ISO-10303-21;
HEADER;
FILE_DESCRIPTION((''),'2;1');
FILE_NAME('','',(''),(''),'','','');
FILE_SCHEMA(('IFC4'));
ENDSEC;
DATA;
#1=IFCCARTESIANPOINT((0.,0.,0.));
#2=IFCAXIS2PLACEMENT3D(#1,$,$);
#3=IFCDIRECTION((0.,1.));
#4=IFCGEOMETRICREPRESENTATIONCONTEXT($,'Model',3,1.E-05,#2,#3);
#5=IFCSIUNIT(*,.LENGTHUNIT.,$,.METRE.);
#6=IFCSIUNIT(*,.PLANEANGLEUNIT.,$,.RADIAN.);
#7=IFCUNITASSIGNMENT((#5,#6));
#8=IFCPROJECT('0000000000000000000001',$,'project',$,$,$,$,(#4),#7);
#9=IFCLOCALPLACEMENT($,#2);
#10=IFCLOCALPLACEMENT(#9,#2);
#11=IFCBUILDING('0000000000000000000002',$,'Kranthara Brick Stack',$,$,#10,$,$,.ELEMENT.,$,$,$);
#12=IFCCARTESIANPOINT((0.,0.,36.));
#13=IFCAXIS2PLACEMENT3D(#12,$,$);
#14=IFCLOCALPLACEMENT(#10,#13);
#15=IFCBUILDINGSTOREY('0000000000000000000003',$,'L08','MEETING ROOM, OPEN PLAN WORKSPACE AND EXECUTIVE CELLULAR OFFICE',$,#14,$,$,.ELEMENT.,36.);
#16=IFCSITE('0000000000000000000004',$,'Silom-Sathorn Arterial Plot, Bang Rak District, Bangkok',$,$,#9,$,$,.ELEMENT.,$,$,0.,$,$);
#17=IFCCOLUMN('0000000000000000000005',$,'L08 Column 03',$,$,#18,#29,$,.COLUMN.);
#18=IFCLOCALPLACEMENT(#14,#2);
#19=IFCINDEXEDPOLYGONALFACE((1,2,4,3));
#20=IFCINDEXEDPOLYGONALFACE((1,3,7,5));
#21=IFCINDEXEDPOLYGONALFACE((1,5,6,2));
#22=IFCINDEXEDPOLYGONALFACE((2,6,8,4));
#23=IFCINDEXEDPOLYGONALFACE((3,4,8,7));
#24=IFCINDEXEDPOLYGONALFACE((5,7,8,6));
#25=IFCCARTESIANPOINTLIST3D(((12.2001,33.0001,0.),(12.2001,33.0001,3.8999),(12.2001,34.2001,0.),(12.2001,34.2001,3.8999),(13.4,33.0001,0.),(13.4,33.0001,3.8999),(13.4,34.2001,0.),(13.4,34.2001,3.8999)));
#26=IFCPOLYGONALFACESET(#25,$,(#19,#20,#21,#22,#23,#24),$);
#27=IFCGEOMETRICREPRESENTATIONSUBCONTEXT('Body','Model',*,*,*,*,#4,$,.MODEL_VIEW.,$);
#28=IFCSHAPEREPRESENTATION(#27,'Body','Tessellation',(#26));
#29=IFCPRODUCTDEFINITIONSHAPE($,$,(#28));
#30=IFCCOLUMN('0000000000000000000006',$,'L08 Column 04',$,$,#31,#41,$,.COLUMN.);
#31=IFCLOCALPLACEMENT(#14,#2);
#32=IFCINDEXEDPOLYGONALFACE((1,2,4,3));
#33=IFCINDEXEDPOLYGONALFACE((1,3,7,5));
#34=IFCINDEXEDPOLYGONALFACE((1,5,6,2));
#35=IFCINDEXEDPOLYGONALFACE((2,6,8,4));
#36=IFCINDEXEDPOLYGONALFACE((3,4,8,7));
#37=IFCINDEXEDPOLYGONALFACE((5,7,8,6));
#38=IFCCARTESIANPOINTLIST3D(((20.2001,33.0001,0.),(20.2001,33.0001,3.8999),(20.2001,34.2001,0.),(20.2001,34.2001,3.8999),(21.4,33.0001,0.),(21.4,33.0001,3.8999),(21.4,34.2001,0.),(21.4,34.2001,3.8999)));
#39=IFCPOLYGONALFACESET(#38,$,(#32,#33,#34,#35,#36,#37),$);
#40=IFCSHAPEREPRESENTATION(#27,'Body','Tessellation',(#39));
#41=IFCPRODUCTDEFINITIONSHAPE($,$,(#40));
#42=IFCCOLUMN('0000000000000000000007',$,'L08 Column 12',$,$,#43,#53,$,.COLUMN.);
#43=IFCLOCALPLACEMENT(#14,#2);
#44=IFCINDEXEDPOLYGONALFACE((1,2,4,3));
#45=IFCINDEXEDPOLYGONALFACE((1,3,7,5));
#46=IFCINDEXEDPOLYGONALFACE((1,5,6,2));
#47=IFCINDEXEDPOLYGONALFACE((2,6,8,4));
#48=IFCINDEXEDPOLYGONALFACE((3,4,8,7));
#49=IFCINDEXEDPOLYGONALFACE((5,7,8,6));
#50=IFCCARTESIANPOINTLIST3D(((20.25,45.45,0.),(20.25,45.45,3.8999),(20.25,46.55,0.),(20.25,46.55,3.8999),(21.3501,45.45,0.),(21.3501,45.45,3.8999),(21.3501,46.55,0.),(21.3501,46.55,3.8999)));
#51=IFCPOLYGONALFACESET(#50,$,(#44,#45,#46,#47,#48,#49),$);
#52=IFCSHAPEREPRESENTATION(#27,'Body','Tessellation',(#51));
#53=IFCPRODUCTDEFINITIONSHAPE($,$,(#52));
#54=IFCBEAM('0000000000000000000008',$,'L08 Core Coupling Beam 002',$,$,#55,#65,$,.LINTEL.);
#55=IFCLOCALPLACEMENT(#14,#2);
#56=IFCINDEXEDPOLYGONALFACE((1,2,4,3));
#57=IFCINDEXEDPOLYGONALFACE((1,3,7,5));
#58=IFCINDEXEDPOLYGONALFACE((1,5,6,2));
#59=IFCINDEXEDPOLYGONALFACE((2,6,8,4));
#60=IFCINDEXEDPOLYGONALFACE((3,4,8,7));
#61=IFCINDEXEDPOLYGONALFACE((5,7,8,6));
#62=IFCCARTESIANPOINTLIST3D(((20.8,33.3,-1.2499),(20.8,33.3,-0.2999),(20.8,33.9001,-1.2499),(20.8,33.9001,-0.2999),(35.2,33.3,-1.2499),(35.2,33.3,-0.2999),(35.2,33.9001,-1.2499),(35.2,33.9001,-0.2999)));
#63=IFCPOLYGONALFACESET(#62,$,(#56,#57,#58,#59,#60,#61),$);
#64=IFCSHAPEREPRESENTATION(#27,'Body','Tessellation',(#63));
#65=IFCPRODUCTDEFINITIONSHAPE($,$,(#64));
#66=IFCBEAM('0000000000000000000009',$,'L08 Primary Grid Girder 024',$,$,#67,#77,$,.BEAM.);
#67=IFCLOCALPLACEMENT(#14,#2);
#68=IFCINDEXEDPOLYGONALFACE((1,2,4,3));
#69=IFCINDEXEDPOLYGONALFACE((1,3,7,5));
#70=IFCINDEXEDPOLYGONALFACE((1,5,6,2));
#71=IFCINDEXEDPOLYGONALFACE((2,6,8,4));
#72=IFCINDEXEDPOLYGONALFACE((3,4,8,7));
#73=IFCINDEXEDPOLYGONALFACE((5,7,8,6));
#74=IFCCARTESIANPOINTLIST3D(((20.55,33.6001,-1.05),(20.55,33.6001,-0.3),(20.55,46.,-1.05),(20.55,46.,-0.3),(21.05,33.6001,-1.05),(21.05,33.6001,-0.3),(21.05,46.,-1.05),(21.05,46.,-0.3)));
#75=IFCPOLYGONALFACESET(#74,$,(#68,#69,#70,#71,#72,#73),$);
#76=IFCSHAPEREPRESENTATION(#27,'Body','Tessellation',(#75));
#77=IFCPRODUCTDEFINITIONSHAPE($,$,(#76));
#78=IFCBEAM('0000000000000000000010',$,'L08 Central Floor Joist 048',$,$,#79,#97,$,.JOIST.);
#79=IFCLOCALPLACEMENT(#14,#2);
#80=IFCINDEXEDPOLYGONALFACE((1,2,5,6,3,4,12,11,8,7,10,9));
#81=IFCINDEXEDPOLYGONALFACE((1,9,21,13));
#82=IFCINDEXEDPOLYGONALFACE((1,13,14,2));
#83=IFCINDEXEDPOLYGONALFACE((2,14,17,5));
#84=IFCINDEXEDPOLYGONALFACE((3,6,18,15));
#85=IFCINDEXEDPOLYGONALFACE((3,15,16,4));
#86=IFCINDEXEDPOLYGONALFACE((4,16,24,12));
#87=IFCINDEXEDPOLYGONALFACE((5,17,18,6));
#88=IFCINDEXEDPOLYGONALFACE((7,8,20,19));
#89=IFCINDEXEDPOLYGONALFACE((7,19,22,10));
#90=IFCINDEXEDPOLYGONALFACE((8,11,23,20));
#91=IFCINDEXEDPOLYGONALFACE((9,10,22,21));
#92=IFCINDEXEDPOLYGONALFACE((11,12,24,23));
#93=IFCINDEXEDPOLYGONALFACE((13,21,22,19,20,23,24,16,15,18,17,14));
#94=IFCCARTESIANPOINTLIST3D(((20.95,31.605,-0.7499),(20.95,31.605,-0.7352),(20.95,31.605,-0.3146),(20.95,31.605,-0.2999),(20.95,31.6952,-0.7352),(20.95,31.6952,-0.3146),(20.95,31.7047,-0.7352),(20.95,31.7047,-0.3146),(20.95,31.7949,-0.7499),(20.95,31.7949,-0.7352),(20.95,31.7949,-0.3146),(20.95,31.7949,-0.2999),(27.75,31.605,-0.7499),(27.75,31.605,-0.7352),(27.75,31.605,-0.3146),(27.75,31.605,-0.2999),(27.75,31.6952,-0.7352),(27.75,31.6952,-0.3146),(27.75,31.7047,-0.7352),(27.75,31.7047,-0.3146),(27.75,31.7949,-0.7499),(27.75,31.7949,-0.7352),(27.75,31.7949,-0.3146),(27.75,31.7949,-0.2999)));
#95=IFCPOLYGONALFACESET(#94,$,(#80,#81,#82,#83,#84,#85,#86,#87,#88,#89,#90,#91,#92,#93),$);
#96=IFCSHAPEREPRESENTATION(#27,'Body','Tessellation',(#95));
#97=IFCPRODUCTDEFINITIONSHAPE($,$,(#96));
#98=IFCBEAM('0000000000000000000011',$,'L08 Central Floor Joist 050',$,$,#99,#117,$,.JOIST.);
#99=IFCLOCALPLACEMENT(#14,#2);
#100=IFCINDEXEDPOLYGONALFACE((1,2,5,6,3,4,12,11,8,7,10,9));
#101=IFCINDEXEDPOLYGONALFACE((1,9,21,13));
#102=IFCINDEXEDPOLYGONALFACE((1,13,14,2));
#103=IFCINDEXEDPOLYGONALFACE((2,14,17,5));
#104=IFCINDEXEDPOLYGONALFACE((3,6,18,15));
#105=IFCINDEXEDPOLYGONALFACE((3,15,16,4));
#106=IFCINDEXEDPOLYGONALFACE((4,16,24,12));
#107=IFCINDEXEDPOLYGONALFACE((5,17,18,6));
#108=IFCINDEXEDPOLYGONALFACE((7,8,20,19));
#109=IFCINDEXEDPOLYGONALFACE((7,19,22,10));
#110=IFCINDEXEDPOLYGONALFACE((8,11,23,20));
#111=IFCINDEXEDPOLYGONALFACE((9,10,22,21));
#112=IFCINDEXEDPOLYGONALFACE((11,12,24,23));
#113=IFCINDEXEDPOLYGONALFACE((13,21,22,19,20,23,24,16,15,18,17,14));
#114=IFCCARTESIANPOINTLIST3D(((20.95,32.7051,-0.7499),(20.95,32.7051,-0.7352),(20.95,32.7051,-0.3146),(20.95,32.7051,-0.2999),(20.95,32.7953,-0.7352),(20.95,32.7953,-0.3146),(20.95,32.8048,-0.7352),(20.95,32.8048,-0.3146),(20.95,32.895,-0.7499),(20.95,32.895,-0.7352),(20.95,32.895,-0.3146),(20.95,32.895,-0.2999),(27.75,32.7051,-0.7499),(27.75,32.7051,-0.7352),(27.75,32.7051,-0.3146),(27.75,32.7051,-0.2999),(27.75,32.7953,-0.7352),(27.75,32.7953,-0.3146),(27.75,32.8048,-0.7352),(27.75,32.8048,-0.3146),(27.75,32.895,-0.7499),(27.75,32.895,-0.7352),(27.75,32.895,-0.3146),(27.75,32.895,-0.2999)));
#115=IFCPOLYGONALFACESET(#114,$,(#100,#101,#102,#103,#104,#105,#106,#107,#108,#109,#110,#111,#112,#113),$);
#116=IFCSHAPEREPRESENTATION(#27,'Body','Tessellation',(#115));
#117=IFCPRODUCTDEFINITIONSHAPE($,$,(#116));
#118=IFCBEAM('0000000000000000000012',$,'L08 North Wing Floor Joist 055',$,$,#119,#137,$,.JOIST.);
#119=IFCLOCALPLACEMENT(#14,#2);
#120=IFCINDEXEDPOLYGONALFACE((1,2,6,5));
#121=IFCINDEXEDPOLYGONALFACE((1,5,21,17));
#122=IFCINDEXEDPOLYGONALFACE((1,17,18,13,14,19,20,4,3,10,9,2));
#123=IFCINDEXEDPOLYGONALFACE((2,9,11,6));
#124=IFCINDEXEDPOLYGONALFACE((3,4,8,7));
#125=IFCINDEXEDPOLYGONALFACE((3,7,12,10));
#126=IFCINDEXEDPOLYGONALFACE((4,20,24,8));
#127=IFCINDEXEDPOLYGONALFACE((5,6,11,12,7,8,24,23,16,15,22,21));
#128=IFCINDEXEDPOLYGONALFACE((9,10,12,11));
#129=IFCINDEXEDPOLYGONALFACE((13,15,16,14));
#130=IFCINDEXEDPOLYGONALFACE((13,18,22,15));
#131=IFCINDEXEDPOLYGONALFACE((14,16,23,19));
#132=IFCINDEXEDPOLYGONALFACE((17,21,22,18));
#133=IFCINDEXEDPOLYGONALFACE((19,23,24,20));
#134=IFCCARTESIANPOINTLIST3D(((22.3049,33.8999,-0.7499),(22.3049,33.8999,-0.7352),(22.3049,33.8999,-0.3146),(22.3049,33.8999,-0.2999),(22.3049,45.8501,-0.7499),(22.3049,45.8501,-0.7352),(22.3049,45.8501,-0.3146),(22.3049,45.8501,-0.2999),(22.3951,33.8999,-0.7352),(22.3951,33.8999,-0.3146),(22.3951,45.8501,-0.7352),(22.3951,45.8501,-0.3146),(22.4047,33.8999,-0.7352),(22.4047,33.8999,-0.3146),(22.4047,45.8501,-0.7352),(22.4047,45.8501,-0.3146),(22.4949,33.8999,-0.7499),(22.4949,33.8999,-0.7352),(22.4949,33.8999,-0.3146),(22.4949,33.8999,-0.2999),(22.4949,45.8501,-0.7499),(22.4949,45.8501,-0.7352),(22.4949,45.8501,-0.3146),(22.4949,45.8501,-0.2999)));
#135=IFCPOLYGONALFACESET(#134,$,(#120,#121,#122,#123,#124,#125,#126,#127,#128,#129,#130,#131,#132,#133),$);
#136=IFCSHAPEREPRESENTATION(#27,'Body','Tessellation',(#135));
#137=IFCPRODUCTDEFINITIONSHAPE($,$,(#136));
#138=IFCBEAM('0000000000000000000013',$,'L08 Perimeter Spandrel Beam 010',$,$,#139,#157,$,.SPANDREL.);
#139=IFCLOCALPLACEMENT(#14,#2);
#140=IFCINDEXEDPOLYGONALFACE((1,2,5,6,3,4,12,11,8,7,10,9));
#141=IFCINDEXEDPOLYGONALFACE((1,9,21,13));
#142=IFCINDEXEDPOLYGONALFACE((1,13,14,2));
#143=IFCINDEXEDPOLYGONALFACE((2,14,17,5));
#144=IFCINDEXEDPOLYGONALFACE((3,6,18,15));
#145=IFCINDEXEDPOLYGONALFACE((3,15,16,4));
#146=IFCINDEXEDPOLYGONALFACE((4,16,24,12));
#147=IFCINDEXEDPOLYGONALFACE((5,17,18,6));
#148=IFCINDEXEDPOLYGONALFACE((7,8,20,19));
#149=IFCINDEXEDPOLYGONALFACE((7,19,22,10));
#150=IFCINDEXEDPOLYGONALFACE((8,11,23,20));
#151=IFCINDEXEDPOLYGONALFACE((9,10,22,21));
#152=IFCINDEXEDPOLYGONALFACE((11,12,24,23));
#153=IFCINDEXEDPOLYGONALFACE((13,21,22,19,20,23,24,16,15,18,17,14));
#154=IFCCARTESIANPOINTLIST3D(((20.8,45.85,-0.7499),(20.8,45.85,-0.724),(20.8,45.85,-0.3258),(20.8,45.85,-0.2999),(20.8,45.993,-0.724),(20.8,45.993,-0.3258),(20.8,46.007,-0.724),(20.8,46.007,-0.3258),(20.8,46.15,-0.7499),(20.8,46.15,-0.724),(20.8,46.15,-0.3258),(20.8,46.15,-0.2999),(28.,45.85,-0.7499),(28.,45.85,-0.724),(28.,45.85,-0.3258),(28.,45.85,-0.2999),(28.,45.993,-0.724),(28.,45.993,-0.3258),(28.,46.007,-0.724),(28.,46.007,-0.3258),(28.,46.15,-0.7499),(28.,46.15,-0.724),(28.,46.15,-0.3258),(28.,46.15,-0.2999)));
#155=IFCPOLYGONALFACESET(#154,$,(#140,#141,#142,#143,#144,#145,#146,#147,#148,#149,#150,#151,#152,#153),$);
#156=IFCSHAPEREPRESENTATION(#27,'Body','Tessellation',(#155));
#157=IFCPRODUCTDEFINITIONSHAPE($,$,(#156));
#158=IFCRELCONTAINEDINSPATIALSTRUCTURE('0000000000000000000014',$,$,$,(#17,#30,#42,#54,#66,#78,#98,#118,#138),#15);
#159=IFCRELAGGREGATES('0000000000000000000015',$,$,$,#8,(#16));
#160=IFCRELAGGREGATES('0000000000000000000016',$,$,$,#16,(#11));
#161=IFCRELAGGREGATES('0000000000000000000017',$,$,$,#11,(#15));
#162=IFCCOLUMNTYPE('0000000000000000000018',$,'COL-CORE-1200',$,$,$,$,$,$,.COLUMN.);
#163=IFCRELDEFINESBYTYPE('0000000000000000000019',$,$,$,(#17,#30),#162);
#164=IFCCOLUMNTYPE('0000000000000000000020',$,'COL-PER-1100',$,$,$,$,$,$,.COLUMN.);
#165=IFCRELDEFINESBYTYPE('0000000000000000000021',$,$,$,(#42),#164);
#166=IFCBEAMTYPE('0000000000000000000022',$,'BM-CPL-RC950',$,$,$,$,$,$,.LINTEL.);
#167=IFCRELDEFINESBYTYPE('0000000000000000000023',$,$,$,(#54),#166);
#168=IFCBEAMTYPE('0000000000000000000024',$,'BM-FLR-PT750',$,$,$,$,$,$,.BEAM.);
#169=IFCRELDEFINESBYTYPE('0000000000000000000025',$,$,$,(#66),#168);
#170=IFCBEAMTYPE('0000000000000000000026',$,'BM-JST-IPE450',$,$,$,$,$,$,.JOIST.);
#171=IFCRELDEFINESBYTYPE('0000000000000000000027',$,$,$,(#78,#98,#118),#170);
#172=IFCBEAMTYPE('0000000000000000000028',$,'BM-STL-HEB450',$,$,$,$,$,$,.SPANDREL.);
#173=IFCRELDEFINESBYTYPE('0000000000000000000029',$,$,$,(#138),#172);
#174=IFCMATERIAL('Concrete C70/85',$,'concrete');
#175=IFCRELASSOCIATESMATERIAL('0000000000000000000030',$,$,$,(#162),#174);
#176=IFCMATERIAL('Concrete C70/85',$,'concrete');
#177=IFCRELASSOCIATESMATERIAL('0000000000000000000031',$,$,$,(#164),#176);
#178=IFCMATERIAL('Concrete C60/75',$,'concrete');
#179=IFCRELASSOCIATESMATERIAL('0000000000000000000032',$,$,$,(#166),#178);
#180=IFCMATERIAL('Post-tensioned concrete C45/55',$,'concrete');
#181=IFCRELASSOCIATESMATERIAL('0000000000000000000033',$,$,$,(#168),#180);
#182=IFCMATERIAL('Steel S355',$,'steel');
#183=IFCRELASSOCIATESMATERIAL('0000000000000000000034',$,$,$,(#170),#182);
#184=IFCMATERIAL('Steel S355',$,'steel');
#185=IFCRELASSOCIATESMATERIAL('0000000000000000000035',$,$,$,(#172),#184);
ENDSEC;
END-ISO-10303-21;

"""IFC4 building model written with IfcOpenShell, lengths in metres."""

from ifc_helpers import new_model, si_unit, direction, frame, origin, origin_2d, place, context, subcontext, project, spatial, rectangle, i_section, extrude, material, material_profile, profile_set, type_object, element, save


model = new_model("IFC4")

# Units and contexts
model_context = context("Model", 3, precision=1e-05, world=origin(), true_north=direction((0.0, 1.0)))
body_context = subcontext(model_context, "Body", "Model", "MODEL_VIEW")
ifc_project = project(units=[si_unit("LENGTHUNIT", "METRE"), si_unit("PLANEANGLEUNIT", "RADIAN")], contexts=[model_context])

# Site, building, storey
site_placement = place(None, origin())
site = spatial("IfcSite", under=ifc_project, at=site_placement, Name="Silom-Sathorn Arterial Plot, Bang Rak District, Bangkok", CompositionType="ELEMENT", RefElevation=0.0)
building_placement = place(site_placement, origin())
building = spatial("IfcBuilding", under=site, at=building_placement, Name="Kranthara Brick Stack", CompositionType="ELEMENT")
storey_placement = place(building_placement, frame((0.0, 0.0, 36.0)))
storey = spatial("IfcBuildingStorey", under=building, at=storey_placement, Name="L08", Description="MEETING ROOM, OPEN PLAN WORKSPACE AND EXECUTIVE CELLULAR OFFICE", CompositionType="ELEMENT", Elevation=36.0)

# Columns
ifc_material_1 = material(Name="Concrete C70/85", Category="concrete")
ifc_material_profile_1 = material_profile(ifc_material_1, rectangle(XDim=1.2, YDim=1.2, at=origin_2d()), Name="RC 1200x1200")
ifc_profile_set_1 = profile_set([ifc_material_profile_1], Name="Concrete C70/85")
column_type_1 = type_object("IfcColumnType", Name="COL-CORE-1200", PredefinedType="COLUMN", material=ifc_profile_set_1)
for number, where, z_axis, x_axis, name in (
    (1, (12.8, 33.6001, 0.0), (0.0, 0.0, 1.0), (1.0, 0.0, 0.0), "L08 Column 03"),
    (2, (20.8, 33.6001, 0.0), (0.0, 0.0, 1.0), (1.0, 0.0, 0.0), "L08 Column 04"),
):
    element("IfcColumn", number, at=place(storey_placement, frame(where, z_axis=z_axis, x_axis=x_axis)), inside=storey, type_object=column_type_1, Name=name, PredefinedType="COLUMN", context=body_context, shape_type="SweptSolid", body=[
        extrude(rectangle(XDim=1.2, YDim=1.2, at=origin_2d()), origin(), (0.0, 0.0, 1.0), 3.8999),
    ])
ifc_material_2 = material(Name="Concrete C70/85", Category="concrete")
ifc_material_profile_2 = material_profile(ifc_material_2, rectangle(XDim=1.1001, YDim=1.1001, at=origin_2d()), Name="RC 1100x1100")
ifc_profile_set_2 = profile_set([ifc_material_profile_2], Name="Concrete C70/85")
column_type_2 = type_object("IfcColumnType", Name="COL-PER-1100", PredefinedType="COLUMN", material=ifc_profile_set_2)
column_placement = place(storey_placement, frame((20.8, 46.0, 0.0), z_axis=(0.0, 0.0, 1.0), x_axis=(1.0, 0.0, 0.0)))
element("IfcColumn", 3, at=column_placement, inside=storey, type_object=column_type_2, Name="L08 Column 12", PredefinedType="COLUMN", context=body_context, shape_type="SweptSolid", body=[
    extrude(rectangle(XDim=1.1001, YDim=1.1001, at=origin_2d()), origin(), (0.0, 0.0, 1.0), 3.8999),
])

# Beams
ifc_material_3 = material(Name="Concrete C60/75", Category="concrete")
ifc_material_profile_3 = material_profile(ifc_material_3, rectangle(XDim=0.6001, YDim=0.95, at=origin_2d()), Name="RC 600x950")
ifc_profile_set_3 = profile_set([ifc_material_profile_3], Name="Concrete C60/75")
beam_type_1 = type_object("IfcBeamType", Name="BM-CPL-RC950", PredefinedType="LINTEL", material=ifc_profile_set_3)
beam_1_placement = place(storey_placement, frame((20.8, 33.6001, -0.7749), z_axis=(1.0, 0.0, 0.0), x_axis=(0.0, 1.0, 0.0)))
element("IfcBeam", 4, at=beam_1_placement, inside=storey, type_object=beam_type_1, Name="L08 Core Coupling Beam 002", PredefinedType="LINTEL", context=body_context, shape_type="SweptSolid", body=[
    extrude(rectangle(XDim=0.6001, YDim=0.95, at=origin_2d()), origin(), (0.0, 0.0, 1.0), 14.3999),
])
ifc_material_4 = material(Name="Post-tensioned concrete C45/55", Category="concrete")
ifc_material_profile_4 = material_profile(ifc_material_4, rectangle(XDim=0.5, YDim=0.75, at=origin_2d()), Name="PT 500x750")
ifc_profile_set_4 = profile_set([ifc_material_profile_4], Name="Post-tensioned concrete C45/55")
beam_type_2 = type_object("IfcBeamType", Name="BM-FLR-PT750", PredefinedType="BEAM", material=ifc_profile_set_4)
beam_2_placement = place(storey_placement, frame((20.8, 33.6001, -0.675), z_axis=(0.0, 1.0, 0.0), x_axis=(-1.0, 0.0, 0.0)))
element("IfcBeam", 5, at=beam_2_placement, inside=storey, type_object=beam_type_2, Name="L08 Primary Grid Girder 024", PredefinedType="BEAM", context=body_context, shape_type="SweptSolid", body=[
    extrude(rectangle(XDim=0.5, YDim=0.75, at=origin_2d()), origin(), (0.0, 0.0, 1.0), 12.3999),
])
ifc_material_5 = material(Name="Steel S355", Category="steel")
ifc_material_profile_5 = material_profile(ifc_material_5, i_section(OverallWidth=0.1899, OverallDepth=0.45, WebThickness=0.0095, FlangeThickness=0.0146, at=origin_2d()), Name="IPE 450")
ifc_profile_set_5 = profile_set([ifc_material_profile_5], Name="Steel S355")
beam_type_3 = type_object("IfcBeamType", Name="BM-JST-IPE450", PredefinedType="JOIST", material=ifc_profile_set_5)
for number, where, z_axis, x_axis, name in (
    (6, (20.95, 31.7, -0.5249), (1.0, 0.0, 0.0), (0.0, 1.0, 0.0), "L08 Central Floor Joist 048"),
    (7, (20.95, 32.8, -0.5249), (1.0, 0.0, 0.0), (0.0, 1.0, 0.0), "L08 Central Floor Joist 050"),
):
    element("IfcBeam", number, at=place(storey_placement, frame(where, z_axis=z_axis, x_axis=x_axis)), inside=storey, type_object=beam_type_3, Name=name, PredefinedType="JOIST", context=body_context, shape_type="SweptSolid", body=[
        extrude(i_section(OverallWidth=0.1899, OverallDepth=0.45, WebThickness=0.0095, FlangeThickness=0.0146, at=origin_2d()), origin(), (0.0, 0.0, 1.0), 6.8),
    ])
beam_3_placement = place(storey_placement, frame((22.3999, 33.8999, -0.5249), z_axis=(0.0, 1.0, 0.0), x_axis=(-1.0, 0.0, 0.0)))
element("IfcBeam", 8, at=beam_3_placement, inside=storey, type_object=beam_type_3, Name="L08 North Wing Floor Joist 055", PredefinedType="JOIST", context=body_context, shape_type="SweptSolid", body=[
    extrude(i_section(OverallWidth=0.1899, OverallDepth=0.45, WebThickness=0.0095, FlangeThickness=0.0146, at=origin_2d()), origin(), (0.0, 0.0, 1.0), 11.9502),
])
ifc_material_6 = material(Name="Steel S355", Category="steel")
ifc_material_profile_6 = material_profile(ifc_material_6, i_section(OverallWidth=0.3, OverallDepth=0.45, WebThickness=0.0139, FlangeThickness=0.0259, at=origin_2d()), Name="HEB 450")
ifc_profile_set_6 = profile_set([ifc_material_profile_6], Name="Steel S355")
beam_type_4 = type_object("IfcBeamType", Name="BM-STL-HEB450", PredefinedType="SPANDREL", material=ifc_profile_set_6)
beam_4_placement = place(storey_placement, frame((20.8, 46.0, -0.5249), z_axis=(1.0, 0.0, 0.0), x_axis=(0.0, 1.0, 0.0)))
element("IfcBeam", 9, at=beam_4_placement, inside=storey, type_object=beam_type_4, Name="L08 Perimeter Spandrel Beam 010", PredefinedType="SPANDREL", context=body_context, shape_type="SweptSolid", body=[
    extrude(i_section(OverallWidth=0.3, OverallDepth=0.45, WebThickness=0.0139, FlangeThickness=0.0259, at=origin_2d()), origin(), (0.0, 0.0, 1.0), 7.2),
])

save(model, "model.ifc")
